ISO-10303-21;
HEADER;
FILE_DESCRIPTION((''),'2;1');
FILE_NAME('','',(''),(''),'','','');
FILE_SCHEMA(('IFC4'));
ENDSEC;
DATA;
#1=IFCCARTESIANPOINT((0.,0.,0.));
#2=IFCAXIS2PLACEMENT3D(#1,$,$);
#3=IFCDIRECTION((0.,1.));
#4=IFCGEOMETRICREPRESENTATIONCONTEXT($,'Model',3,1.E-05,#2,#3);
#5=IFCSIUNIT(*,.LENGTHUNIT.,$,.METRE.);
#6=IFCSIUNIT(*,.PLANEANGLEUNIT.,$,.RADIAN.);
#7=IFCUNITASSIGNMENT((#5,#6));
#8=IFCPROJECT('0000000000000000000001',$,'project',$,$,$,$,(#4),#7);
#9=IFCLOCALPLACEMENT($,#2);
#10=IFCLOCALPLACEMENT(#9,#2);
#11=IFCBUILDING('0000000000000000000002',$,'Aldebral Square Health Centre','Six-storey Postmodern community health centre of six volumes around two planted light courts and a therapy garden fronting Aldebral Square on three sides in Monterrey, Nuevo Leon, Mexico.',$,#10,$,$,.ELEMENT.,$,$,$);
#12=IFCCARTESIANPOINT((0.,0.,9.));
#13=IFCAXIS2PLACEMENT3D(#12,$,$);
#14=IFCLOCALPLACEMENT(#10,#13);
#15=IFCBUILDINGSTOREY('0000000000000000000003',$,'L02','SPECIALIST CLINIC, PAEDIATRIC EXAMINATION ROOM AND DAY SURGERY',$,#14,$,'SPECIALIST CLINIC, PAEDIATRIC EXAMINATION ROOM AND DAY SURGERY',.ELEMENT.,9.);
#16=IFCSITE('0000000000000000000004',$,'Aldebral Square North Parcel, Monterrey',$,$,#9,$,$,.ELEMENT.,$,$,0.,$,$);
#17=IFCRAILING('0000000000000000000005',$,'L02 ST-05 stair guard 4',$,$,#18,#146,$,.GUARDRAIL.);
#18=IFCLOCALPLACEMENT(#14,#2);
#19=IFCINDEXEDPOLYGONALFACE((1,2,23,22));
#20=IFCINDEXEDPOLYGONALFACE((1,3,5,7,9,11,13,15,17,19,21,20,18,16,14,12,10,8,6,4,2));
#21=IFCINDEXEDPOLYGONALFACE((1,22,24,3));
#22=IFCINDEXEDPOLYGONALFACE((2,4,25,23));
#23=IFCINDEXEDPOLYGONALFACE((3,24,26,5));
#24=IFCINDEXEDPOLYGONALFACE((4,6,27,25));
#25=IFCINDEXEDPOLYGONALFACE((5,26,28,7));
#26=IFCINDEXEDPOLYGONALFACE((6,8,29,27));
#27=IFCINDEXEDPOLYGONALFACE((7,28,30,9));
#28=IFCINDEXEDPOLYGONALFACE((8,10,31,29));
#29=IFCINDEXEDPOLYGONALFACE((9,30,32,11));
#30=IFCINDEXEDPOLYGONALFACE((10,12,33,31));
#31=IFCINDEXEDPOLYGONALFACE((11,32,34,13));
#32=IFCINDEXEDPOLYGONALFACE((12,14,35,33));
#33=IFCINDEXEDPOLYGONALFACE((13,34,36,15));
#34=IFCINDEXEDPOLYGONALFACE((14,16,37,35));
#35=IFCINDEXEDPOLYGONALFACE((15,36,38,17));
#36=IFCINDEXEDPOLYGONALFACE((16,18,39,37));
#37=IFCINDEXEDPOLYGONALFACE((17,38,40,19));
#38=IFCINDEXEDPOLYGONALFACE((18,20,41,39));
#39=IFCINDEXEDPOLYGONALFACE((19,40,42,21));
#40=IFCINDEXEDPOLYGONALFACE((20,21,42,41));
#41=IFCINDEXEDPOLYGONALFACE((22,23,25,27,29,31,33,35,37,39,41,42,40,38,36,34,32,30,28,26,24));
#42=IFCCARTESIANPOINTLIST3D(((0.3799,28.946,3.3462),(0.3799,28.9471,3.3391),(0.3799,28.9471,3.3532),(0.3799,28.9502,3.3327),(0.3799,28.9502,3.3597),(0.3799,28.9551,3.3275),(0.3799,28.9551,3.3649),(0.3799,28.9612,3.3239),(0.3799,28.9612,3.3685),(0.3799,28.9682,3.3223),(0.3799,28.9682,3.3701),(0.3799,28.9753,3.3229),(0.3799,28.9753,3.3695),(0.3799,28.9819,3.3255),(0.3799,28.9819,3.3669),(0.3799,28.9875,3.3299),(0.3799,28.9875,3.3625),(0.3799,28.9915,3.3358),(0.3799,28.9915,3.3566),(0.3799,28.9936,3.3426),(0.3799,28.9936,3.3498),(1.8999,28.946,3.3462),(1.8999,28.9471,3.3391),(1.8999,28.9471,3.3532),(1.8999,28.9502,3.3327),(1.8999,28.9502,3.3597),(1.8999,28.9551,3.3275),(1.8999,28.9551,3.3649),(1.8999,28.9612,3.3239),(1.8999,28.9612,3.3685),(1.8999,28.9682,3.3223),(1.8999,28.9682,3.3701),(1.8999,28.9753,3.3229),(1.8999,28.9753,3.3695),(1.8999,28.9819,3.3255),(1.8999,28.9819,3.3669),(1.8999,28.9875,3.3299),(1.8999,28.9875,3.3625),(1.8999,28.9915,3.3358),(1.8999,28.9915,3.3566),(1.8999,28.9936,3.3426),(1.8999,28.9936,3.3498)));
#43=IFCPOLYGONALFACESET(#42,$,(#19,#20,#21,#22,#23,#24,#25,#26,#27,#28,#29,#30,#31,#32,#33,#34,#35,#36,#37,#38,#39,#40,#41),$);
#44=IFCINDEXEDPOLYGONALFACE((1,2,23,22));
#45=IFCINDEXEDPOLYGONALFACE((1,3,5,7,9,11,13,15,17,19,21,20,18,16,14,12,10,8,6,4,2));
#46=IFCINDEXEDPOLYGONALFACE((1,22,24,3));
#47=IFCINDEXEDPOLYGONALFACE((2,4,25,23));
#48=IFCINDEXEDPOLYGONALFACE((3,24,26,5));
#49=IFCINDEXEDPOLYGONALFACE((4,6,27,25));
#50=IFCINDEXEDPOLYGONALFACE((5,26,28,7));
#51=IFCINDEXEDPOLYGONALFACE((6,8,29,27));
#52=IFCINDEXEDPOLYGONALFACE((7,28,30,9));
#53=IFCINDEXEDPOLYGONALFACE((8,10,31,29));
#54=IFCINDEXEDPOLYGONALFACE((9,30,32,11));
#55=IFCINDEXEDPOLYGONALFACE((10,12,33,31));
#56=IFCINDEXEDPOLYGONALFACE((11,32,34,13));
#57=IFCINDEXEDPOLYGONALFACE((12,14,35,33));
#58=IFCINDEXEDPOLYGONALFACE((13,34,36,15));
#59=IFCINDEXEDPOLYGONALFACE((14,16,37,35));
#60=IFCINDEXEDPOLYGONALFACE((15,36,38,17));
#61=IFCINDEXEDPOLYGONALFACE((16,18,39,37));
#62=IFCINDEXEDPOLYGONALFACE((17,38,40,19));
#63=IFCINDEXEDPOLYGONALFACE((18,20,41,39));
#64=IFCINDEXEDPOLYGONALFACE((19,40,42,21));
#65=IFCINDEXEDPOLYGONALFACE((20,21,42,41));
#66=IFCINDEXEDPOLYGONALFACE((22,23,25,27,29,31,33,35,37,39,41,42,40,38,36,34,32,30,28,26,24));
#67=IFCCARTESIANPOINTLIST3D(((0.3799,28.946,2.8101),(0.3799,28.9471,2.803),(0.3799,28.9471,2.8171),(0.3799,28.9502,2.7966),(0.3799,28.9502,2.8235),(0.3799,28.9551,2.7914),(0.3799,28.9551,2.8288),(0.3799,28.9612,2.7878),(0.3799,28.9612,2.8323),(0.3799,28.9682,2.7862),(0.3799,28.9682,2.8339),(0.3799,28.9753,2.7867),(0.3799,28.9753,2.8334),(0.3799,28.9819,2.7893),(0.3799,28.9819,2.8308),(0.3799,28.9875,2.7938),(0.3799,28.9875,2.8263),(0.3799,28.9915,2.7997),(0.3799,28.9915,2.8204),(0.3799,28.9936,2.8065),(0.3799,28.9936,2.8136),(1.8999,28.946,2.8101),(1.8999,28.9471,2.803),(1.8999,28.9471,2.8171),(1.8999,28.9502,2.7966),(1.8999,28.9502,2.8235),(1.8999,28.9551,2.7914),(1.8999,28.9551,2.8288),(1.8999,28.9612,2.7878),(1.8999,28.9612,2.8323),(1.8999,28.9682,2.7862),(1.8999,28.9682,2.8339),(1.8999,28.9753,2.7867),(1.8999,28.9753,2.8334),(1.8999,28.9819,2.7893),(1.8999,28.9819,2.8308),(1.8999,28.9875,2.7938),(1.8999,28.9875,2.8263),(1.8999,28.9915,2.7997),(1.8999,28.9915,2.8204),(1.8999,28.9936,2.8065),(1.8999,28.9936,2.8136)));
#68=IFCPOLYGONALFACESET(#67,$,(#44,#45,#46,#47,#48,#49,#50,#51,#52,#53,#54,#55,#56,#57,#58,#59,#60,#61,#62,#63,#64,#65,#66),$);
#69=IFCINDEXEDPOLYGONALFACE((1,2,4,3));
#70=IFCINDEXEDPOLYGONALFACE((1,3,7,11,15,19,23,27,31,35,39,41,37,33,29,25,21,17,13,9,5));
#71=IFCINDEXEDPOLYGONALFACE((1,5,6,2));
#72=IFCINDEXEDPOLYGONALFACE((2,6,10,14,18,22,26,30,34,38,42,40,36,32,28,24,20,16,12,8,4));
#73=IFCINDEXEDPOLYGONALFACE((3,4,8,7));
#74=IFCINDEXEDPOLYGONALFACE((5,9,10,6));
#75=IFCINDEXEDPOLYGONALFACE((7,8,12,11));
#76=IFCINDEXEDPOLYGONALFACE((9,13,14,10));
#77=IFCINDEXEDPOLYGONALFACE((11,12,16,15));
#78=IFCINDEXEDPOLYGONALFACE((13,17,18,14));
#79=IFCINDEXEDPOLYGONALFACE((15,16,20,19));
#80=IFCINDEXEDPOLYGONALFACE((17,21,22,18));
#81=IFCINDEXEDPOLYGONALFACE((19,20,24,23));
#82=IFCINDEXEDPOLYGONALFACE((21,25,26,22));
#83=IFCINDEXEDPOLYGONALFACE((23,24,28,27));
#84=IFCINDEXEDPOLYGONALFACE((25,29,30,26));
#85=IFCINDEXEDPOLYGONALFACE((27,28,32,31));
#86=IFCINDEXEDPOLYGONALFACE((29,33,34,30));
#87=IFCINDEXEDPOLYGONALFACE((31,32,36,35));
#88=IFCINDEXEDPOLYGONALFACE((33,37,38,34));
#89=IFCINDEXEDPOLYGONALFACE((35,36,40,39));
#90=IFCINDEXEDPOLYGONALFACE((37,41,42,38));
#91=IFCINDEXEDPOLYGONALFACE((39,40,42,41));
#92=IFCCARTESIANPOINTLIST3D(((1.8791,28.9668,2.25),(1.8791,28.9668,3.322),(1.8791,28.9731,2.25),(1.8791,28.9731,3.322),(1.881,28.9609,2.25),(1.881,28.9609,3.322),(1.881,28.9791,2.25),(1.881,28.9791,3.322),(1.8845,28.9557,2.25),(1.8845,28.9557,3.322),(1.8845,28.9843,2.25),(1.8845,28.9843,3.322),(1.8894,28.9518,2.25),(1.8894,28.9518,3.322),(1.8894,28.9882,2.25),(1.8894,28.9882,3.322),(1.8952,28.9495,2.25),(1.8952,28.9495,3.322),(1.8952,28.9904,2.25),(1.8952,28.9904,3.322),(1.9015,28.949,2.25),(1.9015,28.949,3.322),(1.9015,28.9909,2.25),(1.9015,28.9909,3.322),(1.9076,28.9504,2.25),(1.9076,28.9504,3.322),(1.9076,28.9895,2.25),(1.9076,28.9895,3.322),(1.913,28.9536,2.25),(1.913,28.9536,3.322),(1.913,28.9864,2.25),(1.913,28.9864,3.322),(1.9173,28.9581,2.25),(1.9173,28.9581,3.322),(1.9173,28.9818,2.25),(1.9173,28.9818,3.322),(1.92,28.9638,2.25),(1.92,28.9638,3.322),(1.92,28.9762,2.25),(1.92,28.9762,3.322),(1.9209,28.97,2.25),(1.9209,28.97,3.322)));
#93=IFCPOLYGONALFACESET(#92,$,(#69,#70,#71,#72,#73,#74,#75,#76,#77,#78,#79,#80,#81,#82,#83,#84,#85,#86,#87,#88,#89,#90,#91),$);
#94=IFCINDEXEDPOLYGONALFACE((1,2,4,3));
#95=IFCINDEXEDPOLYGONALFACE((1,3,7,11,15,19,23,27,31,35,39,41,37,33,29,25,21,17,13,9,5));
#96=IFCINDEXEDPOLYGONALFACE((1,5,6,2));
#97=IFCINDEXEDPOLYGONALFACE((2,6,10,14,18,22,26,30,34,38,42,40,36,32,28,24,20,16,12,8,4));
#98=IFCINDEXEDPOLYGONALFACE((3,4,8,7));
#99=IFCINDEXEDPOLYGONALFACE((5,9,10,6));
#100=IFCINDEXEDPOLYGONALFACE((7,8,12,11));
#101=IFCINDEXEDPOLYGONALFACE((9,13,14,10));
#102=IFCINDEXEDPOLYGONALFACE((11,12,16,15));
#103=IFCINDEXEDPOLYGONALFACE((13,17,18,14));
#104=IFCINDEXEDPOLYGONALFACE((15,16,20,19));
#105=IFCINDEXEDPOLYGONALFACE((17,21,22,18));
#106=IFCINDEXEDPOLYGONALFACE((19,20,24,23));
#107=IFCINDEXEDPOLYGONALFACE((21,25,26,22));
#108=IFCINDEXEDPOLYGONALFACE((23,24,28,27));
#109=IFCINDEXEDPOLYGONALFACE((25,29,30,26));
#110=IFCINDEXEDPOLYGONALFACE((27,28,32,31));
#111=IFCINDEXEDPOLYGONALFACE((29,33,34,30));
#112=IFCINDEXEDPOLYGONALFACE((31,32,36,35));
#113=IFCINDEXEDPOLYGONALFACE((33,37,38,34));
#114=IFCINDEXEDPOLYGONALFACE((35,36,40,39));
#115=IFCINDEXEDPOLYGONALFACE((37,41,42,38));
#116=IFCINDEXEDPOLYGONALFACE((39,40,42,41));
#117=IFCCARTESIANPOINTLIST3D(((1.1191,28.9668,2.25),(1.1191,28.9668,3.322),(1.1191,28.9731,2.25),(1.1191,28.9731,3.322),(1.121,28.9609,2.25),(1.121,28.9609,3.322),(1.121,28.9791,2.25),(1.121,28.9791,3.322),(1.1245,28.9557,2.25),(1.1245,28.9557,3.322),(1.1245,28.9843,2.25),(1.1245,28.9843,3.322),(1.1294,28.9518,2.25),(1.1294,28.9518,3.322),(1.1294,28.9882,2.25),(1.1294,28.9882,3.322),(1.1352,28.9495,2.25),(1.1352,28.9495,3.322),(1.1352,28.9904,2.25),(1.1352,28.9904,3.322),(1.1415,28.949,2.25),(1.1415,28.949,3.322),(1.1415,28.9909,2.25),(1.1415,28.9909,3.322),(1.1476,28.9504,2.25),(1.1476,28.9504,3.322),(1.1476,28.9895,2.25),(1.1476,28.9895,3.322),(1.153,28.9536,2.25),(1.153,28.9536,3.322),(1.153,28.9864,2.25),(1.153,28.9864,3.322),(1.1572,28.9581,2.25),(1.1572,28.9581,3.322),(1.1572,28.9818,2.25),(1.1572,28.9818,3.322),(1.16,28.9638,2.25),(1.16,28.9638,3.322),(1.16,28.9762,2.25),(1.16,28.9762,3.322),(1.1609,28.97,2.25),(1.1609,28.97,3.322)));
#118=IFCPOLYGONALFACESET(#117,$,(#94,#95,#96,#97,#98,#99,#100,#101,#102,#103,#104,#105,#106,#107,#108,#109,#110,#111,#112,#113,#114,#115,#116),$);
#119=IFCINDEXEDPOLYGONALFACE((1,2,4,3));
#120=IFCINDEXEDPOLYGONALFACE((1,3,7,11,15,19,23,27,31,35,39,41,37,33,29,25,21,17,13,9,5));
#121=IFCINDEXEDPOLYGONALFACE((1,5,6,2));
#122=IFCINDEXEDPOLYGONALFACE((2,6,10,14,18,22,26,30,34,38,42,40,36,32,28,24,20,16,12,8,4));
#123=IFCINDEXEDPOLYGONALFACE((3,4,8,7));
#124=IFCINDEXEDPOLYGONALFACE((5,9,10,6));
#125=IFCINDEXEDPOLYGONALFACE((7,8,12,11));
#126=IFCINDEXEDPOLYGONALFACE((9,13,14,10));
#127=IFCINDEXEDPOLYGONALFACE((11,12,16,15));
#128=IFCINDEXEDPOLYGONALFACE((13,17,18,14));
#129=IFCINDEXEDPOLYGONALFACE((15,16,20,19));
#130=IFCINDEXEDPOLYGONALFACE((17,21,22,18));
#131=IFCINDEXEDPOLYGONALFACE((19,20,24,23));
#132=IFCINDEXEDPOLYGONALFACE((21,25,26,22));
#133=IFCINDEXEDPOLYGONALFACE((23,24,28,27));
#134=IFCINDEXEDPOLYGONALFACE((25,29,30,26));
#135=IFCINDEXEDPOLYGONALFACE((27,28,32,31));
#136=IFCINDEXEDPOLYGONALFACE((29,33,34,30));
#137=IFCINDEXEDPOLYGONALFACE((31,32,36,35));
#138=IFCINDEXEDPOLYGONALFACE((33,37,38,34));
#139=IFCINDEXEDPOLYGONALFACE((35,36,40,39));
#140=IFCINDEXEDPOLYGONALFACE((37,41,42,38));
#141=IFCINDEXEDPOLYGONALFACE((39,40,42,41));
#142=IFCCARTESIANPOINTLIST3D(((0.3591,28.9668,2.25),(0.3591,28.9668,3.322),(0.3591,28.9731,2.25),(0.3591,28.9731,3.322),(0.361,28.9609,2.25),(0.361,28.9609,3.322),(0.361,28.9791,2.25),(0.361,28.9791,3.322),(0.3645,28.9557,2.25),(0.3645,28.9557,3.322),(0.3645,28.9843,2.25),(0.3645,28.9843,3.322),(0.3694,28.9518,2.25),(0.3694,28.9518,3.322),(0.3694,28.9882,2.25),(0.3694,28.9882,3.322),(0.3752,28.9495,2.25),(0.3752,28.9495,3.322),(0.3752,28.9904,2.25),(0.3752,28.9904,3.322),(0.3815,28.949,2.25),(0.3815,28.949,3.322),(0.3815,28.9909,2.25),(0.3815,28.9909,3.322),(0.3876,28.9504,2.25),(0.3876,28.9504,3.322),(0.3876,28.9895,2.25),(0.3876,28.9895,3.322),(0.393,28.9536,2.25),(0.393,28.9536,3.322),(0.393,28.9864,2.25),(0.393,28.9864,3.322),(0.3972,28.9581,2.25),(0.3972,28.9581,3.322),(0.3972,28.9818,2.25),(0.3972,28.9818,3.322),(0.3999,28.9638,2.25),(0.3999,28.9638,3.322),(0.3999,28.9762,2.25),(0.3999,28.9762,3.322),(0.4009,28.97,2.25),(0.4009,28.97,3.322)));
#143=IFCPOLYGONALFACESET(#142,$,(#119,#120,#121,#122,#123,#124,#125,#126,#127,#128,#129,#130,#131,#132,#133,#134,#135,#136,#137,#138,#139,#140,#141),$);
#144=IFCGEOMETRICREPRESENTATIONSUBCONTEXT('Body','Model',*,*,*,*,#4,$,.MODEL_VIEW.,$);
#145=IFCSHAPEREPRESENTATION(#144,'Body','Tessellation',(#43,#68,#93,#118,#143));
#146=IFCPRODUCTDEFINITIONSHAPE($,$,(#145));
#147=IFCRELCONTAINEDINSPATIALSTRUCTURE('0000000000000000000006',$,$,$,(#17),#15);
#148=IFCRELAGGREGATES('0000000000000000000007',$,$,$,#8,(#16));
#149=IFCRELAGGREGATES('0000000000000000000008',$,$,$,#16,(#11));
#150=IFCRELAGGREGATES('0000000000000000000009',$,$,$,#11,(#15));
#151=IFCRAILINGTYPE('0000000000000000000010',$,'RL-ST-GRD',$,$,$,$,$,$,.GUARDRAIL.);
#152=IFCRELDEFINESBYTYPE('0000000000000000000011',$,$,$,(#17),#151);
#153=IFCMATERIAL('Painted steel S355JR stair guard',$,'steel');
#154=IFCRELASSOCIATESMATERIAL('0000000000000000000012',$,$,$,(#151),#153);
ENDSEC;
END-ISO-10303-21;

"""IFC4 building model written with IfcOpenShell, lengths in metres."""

from ifc_helpers import new_model, si_unit, direction, frame, origin, origin_2d, place, context, subcontext, project, spatial, circle, extrude, material, type_object, element, save


model = new_model("IFC4")

# Units and contexts
model_context = context("Model", 3, precision=1e-05, world=origin(), true_north=direction((0.0, 1.0)))
body_context = subcontext(model_context, "Body", "Model", "MODEL_VIEW")
ifc_project = project(units=[si_unit("LENGTHUNIT", "METRE"), si_unit("PLANEANGLEUNIT", "RADIAN")], contexts=[model_context])

# Site, building, storey
site_placement = place(None, origin())
site = spatial("IfcSite", under=ifc_project, at=site_placement, Name="Aldebral Square North Parcel, Monterrey", CompositionType="ELEMENT", RefElevation=0.0)
building_placement = place(site_placement, origin())
building = spatial("IfcBuilding", under=site, at=building_placement, Name="Aldebral Square Health Centre", Description="Six-storey Postmodern community health centre of six volumes around two planted light courts and a therapy garden fronting Aldebral Square on three sides in Monterrey, Nuevo Leon, Mexico.", CompositionType="ELEMENT")
storey_placement = place(building_placement, frame((0.0, 0.0, 9.0)))
storey = spatial("IfcBuildingStorey", under=building, at=storey_placement, Name="L02", Description="SPECIALIST CLINIC, PAEDIATRIC EXAMINATION ROOM AND DAY SURGERY", LongName="SPECIALIST CLINIC, PAEDIATRIC EXAMINATION ROOM AND DAY SURGERY", CompositionType="ELEMENT", Elevation=9.0)

# Railing
ifc_material_1 = material(Name="Painted steel S355JR stair guard", Category="steel")
railing_type = type_object("IfcRailingType", Name="RL-ST-GRD", PredefinedType="GUARDRAIL", material=ifc_material_1)
railing_1_placement = place(storey_placement, frame((1.8999, 28.97, 2.25)))
element("IfcRailing", 1, at=railing_1_placement, inside=storey, type_object=railing_type, Name="L02 ST-05 stair guard 4", PredefinedType="GUARDRAIL", context=body_context, shape_type="SweptSolid", body=[
    extrude(circle(Radius=0.0239, at=origin_2d()), frame((0.0, 0.0, 1.0962), z_axis=(-1.0, 0.0, 0.0), x_axis=(0.0, -1.0, 0.0)), (0.0, 0.0, 1.0), 1.52),
    extrude(circle(Radius=0.0239, at=origin_2d()), frame((0.0, 0.0, 0.5601), z_axis=(-1.0, 0.0, 0.0), x_axis=(0.0, -1.0, 0.0)), (0.0, 0.0, 1.0), 1.52),
    extrude(circle(Radius=0.021, at=origin_2d()), origin(), (0.0, 0.0, 1.0), 1.072),
    extrude(circle(Radius=0.021, at=origin_2d()), frame((-0.76, 0.0, 0.0)), (0.0, 0.0, 1.0), 1.072),
    extrude(circle(Radius=0.021, at=origin_2d()), frame((-1.52, 0.0, 0.0)), (0.0, 0.0, 1.0), 1.072),
])

save(model, "model.ifc")
